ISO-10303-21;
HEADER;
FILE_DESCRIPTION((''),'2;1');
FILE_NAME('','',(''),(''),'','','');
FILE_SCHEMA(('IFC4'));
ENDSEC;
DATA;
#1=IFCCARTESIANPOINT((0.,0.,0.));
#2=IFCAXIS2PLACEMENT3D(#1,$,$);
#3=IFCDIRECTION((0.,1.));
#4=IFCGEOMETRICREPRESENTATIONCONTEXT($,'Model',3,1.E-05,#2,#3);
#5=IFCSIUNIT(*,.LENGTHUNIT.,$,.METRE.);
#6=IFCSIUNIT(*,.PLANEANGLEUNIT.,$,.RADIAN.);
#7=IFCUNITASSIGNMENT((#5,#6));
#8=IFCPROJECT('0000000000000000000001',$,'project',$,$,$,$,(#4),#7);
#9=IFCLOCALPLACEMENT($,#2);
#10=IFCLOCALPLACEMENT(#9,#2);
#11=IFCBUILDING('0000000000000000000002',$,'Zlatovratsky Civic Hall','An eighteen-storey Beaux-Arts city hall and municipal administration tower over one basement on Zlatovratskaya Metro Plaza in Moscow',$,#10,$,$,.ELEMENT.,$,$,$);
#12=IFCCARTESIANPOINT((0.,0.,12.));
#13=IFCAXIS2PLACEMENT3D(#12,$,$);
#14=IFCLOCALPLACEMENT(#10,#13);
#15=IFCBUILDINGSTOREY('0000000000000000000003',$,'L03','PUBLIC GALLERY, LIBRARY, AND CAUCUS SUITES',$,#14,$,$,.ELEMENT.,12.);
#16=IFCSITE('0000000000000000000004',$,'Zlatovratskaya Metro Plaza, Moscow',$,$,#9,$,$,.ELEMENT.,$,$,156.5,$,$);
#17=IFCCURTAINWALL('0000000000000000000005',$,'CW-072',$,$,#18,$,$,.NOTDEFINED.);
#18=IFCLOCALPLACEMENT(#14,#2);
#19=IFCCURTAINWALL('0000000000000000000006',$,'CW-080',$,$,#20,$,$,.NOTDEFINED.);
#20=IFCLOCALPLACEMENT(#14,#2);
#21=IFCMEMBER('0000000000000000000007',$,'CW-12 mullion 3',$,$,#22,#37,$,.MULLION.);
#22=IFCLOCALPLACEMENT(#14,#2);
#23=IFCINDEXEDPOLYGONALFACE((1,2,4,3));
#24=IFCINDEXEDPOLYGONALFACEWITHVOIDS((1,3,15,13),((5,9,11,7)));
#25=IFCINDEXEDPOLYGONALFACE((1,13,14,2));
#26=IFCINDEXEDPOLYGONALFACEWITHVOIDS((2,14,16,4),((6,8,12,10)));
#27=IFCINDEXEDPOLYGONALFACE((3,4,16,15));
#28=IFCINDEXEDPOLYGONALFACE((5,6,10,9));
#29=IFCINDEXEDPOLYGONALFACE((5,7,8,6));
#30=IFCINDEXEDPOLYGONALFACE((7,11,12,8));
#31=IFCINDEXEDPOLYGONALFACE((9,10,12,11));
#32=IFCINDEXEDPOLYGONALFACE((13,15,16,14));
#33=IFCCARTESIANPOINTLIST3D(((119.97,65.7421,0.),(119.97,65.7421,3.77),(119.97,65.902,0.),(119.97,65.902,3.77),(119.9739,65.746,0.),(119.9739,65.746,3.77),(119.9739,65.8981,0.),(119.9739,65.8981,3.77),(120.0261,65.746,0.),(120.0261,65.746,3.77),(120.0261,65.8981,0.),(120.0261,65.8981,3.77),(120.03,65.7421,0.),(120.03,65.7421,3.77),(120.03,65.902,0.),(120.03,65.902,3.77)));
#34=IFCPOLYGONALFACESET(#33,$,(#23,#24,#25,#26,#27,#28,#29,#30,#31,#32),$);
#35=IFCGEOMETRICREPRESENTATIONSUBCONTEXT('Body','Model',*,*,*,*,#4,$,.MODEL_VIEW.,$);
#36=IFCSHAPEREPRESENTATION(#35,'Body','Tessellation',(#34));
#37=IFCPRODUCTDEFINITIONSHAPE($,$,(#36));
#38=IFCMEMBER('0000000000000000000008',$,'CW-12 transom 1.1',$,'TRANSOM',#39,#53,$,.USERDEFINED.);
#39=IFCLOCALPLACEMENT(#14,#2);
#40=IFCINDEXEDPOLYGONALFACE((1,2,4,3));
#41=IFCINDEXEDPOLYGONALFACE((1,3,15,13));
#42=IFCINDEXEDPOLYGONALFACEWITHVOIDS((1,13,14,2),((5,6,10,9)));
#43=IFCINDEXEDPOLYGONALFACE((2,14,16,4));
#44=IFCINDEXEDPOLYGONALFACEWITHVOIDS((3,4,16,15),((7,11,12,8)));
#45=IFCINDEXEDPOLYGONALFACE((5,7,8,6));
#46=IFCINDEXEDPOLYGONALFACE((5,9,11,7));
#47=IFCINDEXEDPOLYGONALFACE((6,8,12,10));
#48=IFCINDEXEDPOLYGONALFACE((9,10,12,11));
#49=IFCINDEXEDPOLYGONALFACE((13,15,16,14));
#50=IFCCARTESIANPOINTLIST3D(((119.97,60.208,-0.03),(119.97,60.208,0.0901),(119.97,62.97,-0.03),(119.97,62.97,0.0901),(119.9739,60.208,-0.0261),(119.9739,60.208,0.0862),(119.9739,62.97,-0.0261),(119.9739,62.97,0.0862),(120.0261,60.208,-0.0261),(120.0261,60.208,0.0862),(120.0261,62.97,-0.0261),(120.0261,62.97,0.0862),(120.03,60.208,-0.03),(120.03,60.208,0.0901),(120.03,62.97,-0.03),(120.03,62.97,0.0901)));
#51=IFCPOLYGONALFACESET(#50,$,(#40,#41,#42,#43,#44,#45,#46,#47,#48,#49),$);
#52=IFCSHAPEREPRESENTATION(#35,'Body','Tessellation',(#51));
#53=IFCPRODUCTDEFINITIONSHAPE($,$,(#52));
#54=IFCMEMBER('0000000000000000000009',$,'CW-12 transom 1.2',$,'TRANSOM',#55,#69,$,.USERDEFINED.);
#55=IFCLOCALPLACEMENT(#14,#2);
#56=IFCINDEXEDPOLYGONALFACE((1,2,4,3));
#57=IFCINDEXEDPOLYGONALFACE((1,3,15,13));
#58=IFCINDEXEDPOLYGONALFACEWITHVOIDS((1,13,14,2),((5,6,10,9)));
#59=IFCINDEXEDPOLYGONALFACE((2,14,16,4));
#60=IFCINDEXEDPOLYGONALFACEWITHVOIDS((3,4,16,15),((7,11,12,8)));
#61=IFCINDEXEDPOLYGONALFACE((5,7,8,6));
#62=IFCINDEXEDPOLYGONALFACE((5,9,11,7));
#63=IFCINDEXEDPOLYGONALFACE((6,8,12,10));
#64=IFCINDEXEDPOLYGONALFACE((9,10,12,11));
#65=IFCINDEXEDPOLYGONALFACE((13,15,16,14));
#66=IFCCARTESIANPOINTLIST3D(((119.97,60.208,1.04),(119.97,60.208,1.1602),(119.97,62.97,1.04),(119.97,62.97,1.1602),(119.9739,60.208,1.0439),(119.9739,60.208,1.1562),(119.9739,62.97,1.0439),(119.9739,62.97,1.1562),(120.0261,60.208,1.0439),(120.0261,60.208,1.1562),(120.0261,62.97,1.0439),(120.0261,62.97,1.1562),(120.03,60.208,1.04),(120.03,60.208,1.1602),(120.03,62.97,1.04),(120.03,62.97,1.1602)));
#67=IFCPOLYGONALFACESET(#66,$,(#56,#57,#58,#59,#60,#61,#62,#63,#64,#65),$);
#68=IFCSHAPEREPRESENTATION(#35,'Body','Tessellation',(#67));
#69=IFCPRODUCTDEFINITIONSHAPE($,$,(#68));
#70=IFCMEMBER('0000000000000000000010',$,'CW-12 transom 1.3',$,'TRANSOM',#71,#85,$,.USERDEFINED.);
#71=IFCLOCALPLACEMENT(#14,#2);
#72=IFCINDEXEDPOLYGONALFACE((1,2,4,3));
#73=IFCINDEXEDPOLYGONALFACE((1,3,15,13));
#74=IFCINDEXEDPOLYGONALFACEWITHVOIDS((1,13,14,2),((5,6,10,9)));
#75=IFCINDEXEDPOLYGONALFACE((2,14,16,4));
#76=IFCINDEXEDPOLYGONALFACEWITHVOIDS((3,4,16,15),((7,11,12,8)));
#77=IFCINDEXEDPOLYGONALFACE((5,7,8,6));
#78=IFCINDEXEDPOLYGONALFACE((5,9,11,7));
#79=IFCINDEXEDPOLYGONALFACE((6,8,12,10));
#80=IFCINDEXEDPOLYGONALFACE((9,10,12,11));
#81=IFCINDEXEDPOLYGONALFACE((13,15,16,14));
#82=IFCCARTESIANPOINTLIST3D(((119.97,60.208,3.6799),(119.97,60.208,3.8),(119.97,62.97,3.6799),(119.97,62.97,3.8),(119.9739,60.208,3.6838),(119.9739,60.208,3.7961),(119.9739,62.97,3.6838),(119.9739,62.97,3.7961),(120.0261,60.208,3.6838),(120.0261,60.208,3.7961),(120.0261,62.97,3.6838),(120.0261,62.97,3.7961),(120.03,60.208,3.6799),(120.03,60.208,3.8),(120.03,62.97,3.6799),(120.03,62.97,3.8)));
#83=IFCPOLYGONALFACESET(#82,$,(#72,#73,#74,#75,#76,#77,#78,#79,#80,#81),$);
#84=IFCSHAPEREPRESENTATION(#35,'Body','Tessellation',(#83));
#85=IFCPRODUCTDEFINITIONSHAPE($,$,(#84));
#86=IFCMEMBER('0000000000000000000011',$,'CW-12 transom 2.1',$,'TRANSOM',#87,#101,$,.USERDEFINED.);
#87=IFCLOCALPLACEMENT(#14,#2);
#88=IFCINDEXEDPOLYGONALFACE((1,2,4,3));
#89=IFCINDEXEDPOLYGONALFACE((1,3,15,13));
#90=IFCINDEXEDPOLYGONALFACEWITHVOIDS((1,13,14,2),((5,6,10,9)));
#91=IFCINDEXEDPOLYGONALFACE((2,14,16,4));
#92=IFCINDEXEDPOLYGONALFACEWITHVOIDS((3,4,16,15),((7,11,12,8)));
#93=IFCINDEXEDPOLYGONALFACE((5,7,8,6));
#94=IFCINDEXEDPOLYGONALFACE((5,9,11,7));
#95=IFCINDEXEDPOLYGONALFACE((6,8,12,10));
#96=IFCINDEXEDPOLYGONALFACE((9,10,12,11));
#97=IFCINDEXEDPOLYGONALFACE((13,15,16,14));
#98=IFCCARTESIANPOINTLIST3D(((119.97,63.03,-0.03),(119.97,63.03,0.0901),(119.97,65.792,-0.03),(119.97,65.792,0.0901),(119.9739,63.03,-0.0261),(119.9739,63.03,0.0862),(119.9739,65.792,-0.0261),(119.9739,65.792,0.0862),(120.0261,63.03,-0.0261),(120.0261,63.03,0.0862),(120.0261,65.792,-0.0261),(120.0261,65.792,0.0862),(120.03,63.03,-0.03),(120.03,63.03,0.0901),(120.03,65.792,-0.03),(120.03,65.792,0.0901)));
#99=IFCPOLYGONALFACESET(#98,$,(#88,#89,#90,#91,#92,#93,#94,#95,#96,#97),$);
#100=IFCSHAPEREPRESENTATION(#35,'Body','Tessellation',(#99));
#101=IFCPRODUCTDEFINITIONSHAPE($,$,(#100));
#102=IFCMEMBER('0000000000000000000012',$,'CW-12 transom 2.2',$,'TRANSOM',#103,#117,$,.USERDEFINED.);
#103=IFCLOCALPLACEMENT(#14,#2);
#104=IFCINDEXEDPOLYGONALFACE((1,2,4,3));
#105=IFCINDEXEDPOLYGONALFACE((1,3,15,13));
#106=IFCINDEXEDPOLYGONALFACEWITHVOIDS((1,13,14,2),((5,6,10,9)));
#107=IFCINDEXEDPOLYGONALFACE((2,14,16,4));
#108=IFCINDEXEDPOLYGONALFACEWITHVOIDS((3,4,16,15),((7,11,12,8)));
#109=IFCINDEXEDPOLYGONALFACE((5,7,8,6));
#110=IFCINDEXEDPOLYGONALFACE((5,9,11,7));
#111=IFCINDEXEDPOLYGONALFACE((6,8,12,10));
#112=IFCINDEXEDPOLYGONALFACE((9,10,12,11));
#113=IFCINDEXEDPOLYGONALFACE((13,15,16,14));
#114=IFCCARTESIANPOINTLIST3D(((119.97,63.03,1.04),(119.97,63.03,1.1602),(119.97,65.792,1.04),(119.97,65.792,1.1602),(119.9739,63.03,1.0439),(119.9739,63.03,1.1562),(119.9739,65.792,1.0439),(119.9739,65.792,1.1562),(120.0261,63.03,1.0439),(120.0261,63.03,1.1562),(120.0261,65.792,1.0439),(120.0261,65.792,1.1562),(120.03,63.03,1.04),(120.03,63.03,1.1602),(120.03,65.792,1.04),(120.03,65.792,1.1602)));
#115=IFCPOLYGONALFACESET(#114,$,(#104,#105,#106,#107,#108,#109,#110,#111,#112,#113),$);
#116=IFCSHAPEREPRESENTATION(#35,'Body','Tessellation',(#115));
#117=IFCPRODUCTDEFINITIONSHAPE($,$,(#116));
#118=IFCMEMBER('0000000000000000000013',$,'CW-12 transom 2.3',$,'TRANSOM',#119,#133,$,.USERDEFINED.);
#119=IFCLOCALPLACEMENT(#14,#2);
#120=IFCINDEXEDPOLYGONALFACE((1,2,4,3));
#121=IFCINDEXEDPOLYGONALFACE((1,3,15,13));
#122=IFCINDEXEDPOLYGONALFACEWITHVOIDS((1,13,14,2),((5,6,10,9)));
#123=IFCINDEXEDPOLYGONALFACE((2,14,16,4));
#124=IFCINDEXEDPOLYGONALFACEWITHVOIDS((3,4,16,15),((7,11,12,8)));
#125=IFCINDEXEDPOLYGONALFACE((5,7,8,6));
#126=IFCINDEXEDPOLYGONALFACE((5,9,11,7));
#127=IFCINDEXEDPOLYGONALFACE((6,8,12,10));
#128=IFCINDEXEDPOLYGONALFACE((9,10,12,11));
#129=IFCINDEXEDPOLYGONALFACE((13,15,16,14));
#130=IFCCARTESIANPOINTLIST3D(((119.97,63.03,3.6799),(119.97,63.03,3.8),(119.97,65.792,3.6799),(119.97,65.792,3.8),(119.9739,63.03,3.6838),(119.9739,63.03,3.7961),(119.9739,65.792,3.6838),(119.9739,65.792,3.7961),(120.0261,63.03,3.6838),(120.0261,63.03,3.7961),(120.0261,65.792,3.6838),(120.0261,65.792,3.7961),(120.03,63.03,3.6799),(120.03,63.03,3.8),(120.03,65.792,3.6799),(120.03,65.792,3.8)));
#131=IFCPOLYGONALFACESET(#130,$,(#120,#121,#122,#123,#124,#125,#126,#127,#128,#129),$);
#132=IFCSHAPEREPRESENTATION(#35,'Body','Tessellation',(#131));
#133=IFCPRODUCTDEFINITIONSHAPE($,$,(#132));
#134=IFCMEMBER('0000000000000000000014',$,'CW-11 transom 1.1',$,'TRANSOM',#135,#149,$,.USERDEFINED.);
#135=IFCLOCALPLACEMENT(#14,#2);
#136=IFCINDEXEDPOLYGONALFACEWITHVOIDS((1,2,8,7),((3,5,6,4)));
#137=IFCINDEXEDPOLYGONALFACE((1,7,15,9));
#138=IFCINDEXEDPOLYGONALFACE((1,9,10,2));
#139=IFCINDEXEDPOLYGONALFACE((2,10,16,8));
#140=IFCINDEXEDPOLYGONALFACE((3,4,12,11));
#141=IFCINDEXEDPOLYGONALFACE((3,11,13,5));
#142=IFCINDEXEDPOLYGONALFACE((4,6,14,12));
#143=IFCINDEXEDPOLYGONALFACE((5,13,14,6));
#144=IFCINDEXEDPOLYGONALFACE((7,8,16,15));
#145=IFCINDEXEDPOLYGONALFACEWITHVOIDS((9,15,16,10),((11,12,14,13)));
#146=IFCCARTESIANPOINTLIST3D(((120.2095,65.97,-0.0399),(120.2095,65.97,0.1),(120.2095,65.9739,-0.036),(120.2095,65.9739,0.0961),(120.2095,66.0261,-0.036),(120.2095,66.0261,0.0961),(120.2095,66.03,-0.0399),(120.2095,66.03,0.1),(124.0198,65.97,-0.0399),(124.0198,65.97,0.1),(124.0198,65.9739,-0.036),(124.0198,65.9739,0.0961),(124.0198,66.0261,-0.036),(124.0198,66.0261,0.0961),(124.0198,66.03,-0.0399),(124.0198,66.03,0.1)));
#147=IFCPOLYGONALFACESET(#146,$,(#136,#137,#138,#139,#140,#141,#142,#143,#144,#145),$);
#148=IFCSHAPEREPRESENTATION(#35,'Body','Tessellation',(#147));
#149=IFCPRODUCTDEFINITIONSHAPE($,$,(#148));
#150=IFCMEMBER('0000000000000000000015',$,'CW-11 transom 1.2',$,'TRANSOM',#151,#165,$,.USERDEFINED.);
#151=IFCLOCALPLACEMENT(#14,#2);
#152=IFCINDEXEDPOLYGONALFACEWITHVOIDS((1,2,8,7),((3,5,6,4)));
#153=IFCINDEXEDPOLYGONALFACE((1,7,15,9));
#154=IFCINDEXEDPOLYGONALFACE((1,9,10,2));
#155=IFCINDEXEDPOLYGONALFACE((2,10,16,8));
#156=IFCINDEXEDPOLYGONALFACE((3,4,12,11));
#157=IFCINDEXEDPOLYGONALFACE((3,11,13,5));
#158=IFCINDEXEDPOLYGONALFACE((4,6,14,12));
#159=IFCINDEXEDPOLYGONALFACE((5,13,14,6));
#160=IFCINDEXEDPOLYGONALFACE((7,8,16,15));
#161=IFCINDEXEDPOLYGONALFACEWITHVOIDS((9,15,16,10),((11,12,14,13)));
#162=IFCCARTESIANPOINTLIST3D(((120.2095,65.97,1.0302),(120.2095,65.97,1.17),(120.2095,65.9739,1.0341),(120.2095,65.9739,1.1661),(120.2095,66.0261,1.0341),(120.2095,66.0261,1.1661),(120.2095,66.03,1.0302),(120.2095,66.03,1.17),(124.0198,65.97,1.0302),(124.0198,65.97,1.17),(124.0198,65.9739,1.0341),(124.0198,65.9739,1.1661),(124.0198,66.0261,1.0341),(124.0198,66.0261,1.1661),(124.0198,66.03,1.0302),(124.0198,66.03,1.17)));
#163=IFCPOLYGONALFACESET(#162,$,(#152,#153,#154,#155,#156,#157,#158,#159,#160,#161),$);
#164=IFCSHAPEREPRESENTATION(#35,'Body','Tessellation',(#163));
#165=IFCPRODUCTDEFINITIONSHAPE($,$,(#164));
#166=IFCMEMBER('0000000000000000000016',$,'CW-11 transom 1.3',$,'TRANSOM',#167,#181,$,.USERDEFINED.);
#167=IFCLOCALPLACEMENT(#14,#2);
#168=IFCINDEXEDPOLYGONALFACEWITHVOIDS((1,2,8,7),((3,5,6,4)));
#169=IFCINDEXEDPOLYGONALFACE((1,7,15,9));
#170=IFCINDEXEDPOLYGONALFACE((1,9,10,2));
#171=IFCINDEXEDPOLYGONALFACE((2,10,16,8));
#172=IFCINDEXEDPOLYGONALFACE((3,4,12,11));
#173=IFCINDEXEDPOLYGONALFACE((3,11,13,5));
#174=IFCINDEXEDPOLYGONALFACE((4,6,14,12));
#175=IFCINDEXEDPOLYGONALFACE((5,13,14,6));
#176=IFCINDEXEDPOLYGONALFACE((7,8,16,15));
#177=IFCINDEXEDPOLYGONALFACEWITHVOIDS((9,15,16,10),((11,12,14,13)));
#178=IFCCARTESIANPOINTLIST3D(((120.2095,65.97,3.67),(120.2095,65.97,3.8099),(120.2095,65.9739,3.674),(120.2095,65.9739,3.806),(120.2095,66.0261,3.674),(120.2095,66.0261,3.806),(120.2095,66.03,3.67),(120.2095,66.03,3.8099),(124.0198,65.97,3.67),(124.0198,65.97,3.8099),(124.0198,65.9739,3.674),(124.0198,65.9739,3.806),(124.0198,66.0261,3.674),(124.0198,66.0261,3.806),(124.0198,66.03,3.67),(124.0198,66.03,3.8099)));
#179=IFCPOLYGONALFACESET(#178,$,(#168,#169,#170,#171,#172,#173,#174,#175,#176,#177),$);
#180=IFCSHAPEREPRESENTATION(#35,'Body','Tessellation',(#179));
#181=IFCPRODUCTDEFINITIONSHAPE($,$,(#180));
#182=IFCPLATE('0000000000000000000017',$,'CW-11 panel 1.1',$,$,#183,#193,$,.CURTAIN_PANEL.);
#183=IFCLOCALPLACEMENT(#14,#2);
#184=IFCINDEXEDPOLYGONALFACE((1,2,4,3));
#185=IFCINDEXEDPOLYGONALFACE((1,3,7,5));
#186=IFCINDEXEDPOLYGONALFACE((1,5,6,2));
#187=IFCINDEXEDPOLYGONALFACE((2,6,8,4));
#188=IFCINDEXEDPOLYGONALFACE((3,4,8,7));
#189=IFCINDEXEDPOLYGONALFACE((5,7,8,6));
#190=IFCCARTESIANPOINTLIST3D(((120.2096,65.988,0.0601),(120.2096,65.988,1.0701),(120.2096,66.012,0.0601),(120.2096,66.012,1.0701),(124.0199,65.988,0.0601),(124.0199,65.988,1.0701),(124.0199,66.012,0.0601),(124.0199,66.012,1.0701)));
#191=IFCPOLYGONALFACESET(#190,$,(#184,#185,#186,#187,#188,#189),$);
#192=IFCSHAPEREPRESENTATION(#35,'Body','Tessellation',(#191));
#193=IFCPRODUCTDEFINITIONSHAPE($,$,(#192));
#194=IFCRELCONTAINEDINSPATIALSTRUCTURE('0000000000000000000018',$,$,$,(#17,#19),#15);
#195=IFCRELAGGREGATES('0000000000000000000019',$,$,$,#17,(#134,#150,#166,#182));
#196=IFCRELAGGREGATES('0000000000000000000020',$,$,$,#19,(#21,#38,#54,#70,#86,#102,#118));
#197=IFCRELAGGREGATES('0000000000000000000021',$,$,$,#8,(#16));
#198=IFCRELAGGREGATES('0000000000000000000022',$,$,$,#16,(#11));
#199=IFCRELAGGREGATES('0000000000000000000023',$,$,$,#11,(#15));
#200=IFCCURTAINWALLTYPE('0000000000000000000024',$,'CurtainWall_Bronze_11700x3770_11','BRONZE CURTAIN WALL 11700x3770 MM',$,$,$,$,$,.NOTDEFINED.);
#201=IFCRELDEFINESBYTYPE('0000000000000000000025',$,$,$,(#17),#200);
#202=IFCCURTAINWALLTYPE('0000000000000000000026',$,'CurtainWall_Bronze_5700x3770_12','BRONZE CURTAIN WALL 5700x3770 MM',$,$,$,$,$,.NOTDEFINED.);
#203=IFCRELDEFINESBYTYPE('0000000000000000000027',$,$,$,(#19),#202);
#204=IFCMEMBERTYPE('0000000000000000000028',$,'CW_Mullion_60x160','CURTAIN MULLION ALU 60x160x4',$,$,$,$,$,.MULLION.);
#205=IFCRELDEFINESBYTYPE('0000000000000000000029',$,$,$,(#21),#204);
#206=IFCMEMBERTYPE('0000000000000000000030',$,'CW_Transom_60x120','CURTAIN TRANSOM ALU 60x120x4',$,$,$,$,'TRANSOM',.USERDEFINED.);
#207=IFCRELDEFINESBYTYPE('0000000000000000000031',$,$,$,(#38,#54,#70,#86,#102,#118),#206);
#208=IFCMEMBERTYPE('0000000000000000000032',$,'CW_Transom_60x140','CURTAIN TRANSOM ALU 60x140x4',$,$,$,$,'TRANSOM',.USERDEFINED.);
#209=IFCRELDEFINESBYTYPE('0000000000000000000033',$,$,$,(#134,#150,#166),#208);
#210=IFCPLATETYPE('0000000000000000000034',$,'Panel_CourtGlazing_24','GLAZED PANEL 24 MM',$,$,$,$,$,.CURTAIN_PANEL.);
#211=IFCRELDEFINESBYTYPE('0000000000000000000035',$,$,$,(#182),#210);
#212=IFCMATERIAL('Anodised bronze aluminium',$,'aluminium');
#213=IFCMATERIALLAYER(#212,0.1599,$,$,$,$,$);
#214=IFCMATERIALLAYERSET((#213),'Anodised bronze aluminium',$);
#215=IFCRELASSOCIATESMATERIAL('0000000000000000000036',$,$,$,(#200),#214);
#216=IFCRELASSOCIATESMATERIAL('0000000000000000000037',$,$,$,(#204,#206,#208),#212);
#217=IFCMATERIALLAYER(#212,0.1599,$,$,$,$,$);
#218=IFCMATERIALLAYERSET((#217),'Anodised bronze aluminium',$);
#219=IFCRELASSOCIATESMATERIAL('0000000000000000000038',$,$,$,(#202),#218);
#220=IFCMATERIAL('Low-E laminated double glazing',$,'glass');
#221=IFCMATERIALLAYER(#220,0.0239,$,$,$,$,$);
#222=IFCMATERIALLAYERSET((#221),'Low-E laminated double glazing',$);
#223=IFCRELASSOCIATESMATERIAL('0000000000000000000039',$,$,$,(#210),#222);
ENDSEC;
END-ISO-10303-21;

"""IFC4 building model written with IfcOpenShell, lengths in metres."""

from ifc_helpers import new_model, si_unit, direction, frame, origin, origin_2d, place, context, subcontext, project, spatial, rectangle, hollow_rectangle, extrude, material, layer, layer_set, material_profile, profile_set, type_object, element, aggregate, save


model = new_model("IFC4")

# Units and contexts
model_context = context("Model", 3, precision=1e-05, world=origin(), true_north=direction((0.0, 1.0)))
body_context = subcontext(model_context, "Body", "Model", "MODEL_VIEW")
ifc_project = project(units=[si_unit("LENGTHUNIT", "METRE"), si_unit("PLANEANGLEUNIT", "RADIAN")], contexts=[model_context])

# Site, building, storey
site_placement = place(None, origin())
site = spatial("IfcSite", under=ifc_project, at=site_placement, Name="Zlatovratskaya Metro Plaza, Moscow", CompositionType="ELEMENT", RefElevation=156.5)
building_placement = place(site_placement, origin())
building = spatial("IfcBuilding", under=site, at=building_placement, Name="Zlatovratsky Civic Hall", Description="An eighteen-storey Beaux-Arts city hall and municipal administration tower over one basement on Zlatovratskaya Metro Plaza in Moscow", CompositionType="ELEMENT")
storey_placement = place(building_placement, frame((0.0, 0.0, 12.0)))
storey = spatial("IfcBuildingStorey", under=building, at=storey_placement, Name="L03", Description="PUBLIC GALLERY, LIBRARY, AND CAUCUS SUITES", CompositionType="ELEMENT", Elevation=12.0)

# Curtain wall
ifc_material_1 = material(Name="Anodised bronze aluminium", Category="aluminium")
ifc_layer_1 = layer(ifc_material_1, 0.1599)
ifc_layer_set_1 = layer_set([ifc_layer_1], Name="Anodised bronze aluminium")
curtain_wall_type_1 = type_object("IfcCurtainWallType", Name="CurtainWall_Bronze_11700x3770_11", Description="BRONZE CURTAIN WALL 11700x3770 MM", PredefinedType="NOTDEFINED", material=ifc_layer_set_1)
curtain_wall_1_placement = place(storey_placement, origin())
curtain_wall_1 = element("IfcCurtainWall", 1, at=curtain_wall_1_placement, inside=storey, type_object=curtain_wall_type_1, Name="CW-072", PredefinedType="NOTDEFINED")
ifc_material_profile_1 = material_profile(ifc_material_1, hollow_rectangle(XDim=0.0601, YDim=0.1599, WallThickness=0.0039, at=origin_2d()), Name="ALU 60x160x4")
ifc_profile_set_1 = profile_set([ifc_material_profile_1], Name="Anodised bronze aluminium")
member_type_1 = type_object("IfcMemberType", Name="CW_Mullion_60x160", Description="CURTAIN MULLION ALU 60x160x4", PredefinedType="MULLION", material=ifc_profile_set_1)

# Curtain wall, members
ifc_layer_2 = layer(ifc_material_1, 0.1599)
ifc_layer_set_2 = layer_set([ifc_layer_2], Name="Anodised bronze aluminium")
curtain_wall_type_2 = type_object("IfcCurtainWallType", Name="CurtainWall_Bronze_5700x3770_12", Description="BRONZE CURTAIN WALL 5700x3770 MM", PredefinedType="NOTDEFINED", material=ifc_layer_set_2)
curtain_wall_2_placement = place(storey_placement, origin())
curtain_wall_2 = element("IfcCurtainWall", 2, at=curtain_wall_2_placement, inside=storey, type_object=curtain_wall_type_2, Name="CW-080", PredefinedType="NOTDEFINED")
member_1_placement = place(storey_placement, frame((120.0, 65.822, 0.0), z_axis=(0.0, 0.0, 1.0), x_axis=(-1.0, 0.0, 0.0)))
member_1 = element("IfcMember", 3, at=member_1_placement, type_object=member_type_1, Name="CW-12 mullion 3", PredefinedType="MULLION", context=body_context, shape_type="SweptSolid", body=[
    extrude(hollow_rectangle(XDim=0.0601, YDim=0.1599, WallThickness=0.0039, at=origin_2d()), origin(), (0.0, 0.0, 1.0), 3.77),
])
ifc_material_profile_2 = material_profile(ifc_material_1, hollow_rectangle(XDim=0.0601, YDim=0.1201, WallThickness=0.0039, at=origin_2d()), Name="ALU 60x120x4")
ifc_profile_set_2 = profile_set([ifc_material_profile_2], Name="Anodised bronze aluminium")
member_type_2 = type_object("IfcMemberType", Name="CW_Transom_60x120", Description="CURTAIN TRANSOM ALU 60x120x4", ElementType="TRANSOM", PredefinedType="USERDEFINED", material=ifc_profile_set_2)
member_2_placement = place(storey_placement, frame((120.0, 60.208, 0.03), z_axis=(0.0, 1.0, 0.0), x_axis=(-1.0, 0.0, 0.0)))
member_2 = element("IfcMember", 4, at=member_2_placement, type_object=member_type_2, Name="CW-12 transom 1.1", ObjectType="TRANSOM", PredefinedType="USERDEFINED", context=body_context, shape_type="SweptSolid", body=[
    extrude(hollow_rectangle(XDim=0.0601, YDim=0.1201, WallThickness=0.0039, at=origin_2d()), origin(), (0.0, 0.0, 1.0), 2.762),
])
member_3_placement = place(storey_placement, frame((120.0, 60.208, 1.1001), z_axis=(0.0, 1.0, 0.0), x_axis=(-1.0, 0.0, 0.0)))
member_3 = element("IfcMember", 5, at=member_3_placement, type_object=member_type_2, Name="CW-12 transom 1.2", ObjectType="TRANSOM", PredefinedType="USERDEFINED", context=body_context, shape_type="SweptSolid", body=[
    extrude(hollow_rectangle(XDim=0.0601, YDim=0.1201, WallThickness=0.0039, at=origin_2d()), origin(), (0.0, 0.0, 1.0), 2.762),
])
member_4_placement = place(storey_placement, frame((120.0, 60.208, 3.74), z_axis=(0.0, 1.0, 0.0), x_axis=(-1.0, 0.0, 0.0)))
member_4 = element("IfcMember", 6, at=member_4_placement, type_object=member_type_2, Name="CW-12 transom 1.3", ObjectType="TRANSOM", PredefinedType="USERDEFINED", context=body_context, shape_type="SweptSolid", body=[
    extrude(hollow_rectangle(XDim=0.0601, YDim=0.1201, WallThickness=0.0039, at=origin_2d()), origin(), (0.0, 0.0, 1.0), 2.762),
])
member_5_placement = place(storey_placement, frame((120.0, 63.03, 0.03), z_axis=(0.0, 1.0, 0.0), x_axis=(-1.0, 0.0, 0.0)))
member_5 = element("IfcMember", 7, at=member_5_placement, type_object=member_type_2, Name="CW-12 transom 2.1", ObjectType="TRANSOM", PredefinedType="USERDEFINED", context=body_context, shape_type="SweptSolid", body=[
    extrude(hollow_rectangle(XDim=0.0601, YDim=0.1201, WallThickness=0.0039, at=origin_2d()), origin(), (0.0, 0.0, 1.0), 2.762),
])
member_6_placement = place(storey_placement, frame((120.0, 63.03, 1.1001), z_axis=(0.0, 1.0, 0.0), x_axis=(-1.0, 0.0, 0.0)))
member_6 = element("IfcMember", 8, at=member_6_placement, type_object=member_type_2, Name="CW-12 transom 2.2", ObjectType="TRANSOM", PredefinedType="USERDEFINED", context=body_context, shape_type="SweptSolid", body=[
    extrude(hollow_rectangle(XDim=0.0601, YDim=0.1201, WallThickness=0.0039, at=origin_2d()), origin(), (0.0, 0.0, 1.0), 2.762),
])
member_7_placement = place(storey_placement, frame((120.0, 63.03, 3.74), z_axis=(0.0, 1.0, 0.0), x_axis=(-1.0, 0.0, 0.0)))
member_7 = element("IfcMember", 9, at=member_7_placement, type_object=member_type_2, Name="CW-12 transom 2.3", ObjectType="TRANSOM", PredefinedType="USERDEFINED", context=body_context, shape_type="SweptSolid", body=[
    extrude(hollow_rectangle(XDim=0.0601, YDim=0.1201, WallThickness=0.0039, at=origin_2d()), origin(), (0.0, 0.0, 1.0), 2.762),
])

# Members
ifc_material_profile_3 = material_profile(ifc_material_1, hollow_rectangle(XDim=0.0601, YDim=0.1399, WallThickness=0.0039, at=origin_2d()), Name="ALU 60x140x4")
ifc_profile_set_3 = profile_set([ifc_material_profile_3], Name="Anodised bronze aluminium")
member_type_3 = type_object("IfcMemberType", Name="CW_Transom_60x140", Description="CURTAIN TRANSOM ALU 60x140x4", ElementType="TRANSOM", PredefinedType="USERDEFINED", material=ifc_profile_set_3)
member_8_placement = place(storey_placement, frame((120.2095, 66.0, 0.03), z_axis=(1.0, 0.0, 0.0), x_axis=(0.0, 1.0, 0.0)))
member_8 = element("IfcMember", 10, at=member_8_placement, type_object=member_type_3, Name="CW-11 transom 1.1", ObjectType="TRANSOM", PredefinedType="USERDEFINED", context=body_context, shape_type="SweptSolid", body=[
    extrude(hollow_rectangle(XDim=0.0601, YDim=0.1399, WallThickness=0.0039, at=origin_2d()), origin(), (0.0, 0.0, 1.0), 3.8103),
])
member_9_placement = place(storey_placement, frame((120.2095, 66.0, 1.1001), z_axis=(1.0, 0.0, 0.0), x_axis=(0.0, 1.0, 0.0)))
member_9 = element("IfcMember", 11, at=member_9_placement, type_object=member_type_3, Name="CW-11 transom 1.2", ObjectType="TRANSOM", PredefinedType="USERDEFINED", context=body_context, shape_type="SweptSolid", body=[
    extrude(hollow_rectangle(XDim=0.0601, YDim=0.1399, WallThickness=0.0039, at=origin_2d()), origin(), (0.0, 0.0, 1.0), 3.8103),
])
member_10_placement = place(storey_placement, frame((120.2095, 66.0, 3.74), z_axis=(1.0, 0.0, 0.0), x_axis=(0.0, 1.0, 0.0)))
member_10 = element("IfcMember", 12, at=member_10_placement, type_object=member_type_3, Name="CW-11 transom 1.3", ObjectType="TRANSOM", PredefinedType="USERDEFINED", context=body_context, shape_type="SweptSolid", body=[
    extrude(hollow_rectangle(XDim=0.0601, YDim=0.1399, WallThickness=0.0039, at=origin_2d()), origin(), (0.0, 0.0, 1.0), 3.8103),
])

# Plate
ifc_material_2 = material(Name="Low-E laminated double glazing", Category="glass")
ifc_layer_3 = layer(ifc_material_2, 0.0239)
ifc_layer_set_3 = layer_set([ifc_layer_3], Name="Low-E laminated double glazing")
plate_type = type_object("IfcPlateType", Name="Panel_CourtGlazing_24", Description="GLAZED PANEL 24 MM", PredefinedType="CURTAIN_PANEL", material=ifc_layer_set_3)
plate_1_placement = place(storey_placement, frame((122.1147, 66.0, 0.0601), z_axis=(0.0, 0.0, 1.0), x_axis=(1.0, 0.0, 0.0)))
plate_1 = element("IfcPlate", 13, at=plate_1_placement, type_object=plate_type, Name="CW-11 panel 1.1", PredefinedType="CURTAIN_PANEL", context=body_context, shape_type="SweptSolid", body=[
    extrude(rectangle(XDim=3.8103, YDim=0.0239, at=origin_2d()), origin(), (0.0, 0.0, 1.0), 1.01),
])
aggregate(curtain_wall_1, [member_8, member_9, member_10, plate_1])
aggregate(curtain_wall_2, [member_1, member_2, member_3, member_4, member_5, member_6, member_7])

save(model, "model.ifc")
